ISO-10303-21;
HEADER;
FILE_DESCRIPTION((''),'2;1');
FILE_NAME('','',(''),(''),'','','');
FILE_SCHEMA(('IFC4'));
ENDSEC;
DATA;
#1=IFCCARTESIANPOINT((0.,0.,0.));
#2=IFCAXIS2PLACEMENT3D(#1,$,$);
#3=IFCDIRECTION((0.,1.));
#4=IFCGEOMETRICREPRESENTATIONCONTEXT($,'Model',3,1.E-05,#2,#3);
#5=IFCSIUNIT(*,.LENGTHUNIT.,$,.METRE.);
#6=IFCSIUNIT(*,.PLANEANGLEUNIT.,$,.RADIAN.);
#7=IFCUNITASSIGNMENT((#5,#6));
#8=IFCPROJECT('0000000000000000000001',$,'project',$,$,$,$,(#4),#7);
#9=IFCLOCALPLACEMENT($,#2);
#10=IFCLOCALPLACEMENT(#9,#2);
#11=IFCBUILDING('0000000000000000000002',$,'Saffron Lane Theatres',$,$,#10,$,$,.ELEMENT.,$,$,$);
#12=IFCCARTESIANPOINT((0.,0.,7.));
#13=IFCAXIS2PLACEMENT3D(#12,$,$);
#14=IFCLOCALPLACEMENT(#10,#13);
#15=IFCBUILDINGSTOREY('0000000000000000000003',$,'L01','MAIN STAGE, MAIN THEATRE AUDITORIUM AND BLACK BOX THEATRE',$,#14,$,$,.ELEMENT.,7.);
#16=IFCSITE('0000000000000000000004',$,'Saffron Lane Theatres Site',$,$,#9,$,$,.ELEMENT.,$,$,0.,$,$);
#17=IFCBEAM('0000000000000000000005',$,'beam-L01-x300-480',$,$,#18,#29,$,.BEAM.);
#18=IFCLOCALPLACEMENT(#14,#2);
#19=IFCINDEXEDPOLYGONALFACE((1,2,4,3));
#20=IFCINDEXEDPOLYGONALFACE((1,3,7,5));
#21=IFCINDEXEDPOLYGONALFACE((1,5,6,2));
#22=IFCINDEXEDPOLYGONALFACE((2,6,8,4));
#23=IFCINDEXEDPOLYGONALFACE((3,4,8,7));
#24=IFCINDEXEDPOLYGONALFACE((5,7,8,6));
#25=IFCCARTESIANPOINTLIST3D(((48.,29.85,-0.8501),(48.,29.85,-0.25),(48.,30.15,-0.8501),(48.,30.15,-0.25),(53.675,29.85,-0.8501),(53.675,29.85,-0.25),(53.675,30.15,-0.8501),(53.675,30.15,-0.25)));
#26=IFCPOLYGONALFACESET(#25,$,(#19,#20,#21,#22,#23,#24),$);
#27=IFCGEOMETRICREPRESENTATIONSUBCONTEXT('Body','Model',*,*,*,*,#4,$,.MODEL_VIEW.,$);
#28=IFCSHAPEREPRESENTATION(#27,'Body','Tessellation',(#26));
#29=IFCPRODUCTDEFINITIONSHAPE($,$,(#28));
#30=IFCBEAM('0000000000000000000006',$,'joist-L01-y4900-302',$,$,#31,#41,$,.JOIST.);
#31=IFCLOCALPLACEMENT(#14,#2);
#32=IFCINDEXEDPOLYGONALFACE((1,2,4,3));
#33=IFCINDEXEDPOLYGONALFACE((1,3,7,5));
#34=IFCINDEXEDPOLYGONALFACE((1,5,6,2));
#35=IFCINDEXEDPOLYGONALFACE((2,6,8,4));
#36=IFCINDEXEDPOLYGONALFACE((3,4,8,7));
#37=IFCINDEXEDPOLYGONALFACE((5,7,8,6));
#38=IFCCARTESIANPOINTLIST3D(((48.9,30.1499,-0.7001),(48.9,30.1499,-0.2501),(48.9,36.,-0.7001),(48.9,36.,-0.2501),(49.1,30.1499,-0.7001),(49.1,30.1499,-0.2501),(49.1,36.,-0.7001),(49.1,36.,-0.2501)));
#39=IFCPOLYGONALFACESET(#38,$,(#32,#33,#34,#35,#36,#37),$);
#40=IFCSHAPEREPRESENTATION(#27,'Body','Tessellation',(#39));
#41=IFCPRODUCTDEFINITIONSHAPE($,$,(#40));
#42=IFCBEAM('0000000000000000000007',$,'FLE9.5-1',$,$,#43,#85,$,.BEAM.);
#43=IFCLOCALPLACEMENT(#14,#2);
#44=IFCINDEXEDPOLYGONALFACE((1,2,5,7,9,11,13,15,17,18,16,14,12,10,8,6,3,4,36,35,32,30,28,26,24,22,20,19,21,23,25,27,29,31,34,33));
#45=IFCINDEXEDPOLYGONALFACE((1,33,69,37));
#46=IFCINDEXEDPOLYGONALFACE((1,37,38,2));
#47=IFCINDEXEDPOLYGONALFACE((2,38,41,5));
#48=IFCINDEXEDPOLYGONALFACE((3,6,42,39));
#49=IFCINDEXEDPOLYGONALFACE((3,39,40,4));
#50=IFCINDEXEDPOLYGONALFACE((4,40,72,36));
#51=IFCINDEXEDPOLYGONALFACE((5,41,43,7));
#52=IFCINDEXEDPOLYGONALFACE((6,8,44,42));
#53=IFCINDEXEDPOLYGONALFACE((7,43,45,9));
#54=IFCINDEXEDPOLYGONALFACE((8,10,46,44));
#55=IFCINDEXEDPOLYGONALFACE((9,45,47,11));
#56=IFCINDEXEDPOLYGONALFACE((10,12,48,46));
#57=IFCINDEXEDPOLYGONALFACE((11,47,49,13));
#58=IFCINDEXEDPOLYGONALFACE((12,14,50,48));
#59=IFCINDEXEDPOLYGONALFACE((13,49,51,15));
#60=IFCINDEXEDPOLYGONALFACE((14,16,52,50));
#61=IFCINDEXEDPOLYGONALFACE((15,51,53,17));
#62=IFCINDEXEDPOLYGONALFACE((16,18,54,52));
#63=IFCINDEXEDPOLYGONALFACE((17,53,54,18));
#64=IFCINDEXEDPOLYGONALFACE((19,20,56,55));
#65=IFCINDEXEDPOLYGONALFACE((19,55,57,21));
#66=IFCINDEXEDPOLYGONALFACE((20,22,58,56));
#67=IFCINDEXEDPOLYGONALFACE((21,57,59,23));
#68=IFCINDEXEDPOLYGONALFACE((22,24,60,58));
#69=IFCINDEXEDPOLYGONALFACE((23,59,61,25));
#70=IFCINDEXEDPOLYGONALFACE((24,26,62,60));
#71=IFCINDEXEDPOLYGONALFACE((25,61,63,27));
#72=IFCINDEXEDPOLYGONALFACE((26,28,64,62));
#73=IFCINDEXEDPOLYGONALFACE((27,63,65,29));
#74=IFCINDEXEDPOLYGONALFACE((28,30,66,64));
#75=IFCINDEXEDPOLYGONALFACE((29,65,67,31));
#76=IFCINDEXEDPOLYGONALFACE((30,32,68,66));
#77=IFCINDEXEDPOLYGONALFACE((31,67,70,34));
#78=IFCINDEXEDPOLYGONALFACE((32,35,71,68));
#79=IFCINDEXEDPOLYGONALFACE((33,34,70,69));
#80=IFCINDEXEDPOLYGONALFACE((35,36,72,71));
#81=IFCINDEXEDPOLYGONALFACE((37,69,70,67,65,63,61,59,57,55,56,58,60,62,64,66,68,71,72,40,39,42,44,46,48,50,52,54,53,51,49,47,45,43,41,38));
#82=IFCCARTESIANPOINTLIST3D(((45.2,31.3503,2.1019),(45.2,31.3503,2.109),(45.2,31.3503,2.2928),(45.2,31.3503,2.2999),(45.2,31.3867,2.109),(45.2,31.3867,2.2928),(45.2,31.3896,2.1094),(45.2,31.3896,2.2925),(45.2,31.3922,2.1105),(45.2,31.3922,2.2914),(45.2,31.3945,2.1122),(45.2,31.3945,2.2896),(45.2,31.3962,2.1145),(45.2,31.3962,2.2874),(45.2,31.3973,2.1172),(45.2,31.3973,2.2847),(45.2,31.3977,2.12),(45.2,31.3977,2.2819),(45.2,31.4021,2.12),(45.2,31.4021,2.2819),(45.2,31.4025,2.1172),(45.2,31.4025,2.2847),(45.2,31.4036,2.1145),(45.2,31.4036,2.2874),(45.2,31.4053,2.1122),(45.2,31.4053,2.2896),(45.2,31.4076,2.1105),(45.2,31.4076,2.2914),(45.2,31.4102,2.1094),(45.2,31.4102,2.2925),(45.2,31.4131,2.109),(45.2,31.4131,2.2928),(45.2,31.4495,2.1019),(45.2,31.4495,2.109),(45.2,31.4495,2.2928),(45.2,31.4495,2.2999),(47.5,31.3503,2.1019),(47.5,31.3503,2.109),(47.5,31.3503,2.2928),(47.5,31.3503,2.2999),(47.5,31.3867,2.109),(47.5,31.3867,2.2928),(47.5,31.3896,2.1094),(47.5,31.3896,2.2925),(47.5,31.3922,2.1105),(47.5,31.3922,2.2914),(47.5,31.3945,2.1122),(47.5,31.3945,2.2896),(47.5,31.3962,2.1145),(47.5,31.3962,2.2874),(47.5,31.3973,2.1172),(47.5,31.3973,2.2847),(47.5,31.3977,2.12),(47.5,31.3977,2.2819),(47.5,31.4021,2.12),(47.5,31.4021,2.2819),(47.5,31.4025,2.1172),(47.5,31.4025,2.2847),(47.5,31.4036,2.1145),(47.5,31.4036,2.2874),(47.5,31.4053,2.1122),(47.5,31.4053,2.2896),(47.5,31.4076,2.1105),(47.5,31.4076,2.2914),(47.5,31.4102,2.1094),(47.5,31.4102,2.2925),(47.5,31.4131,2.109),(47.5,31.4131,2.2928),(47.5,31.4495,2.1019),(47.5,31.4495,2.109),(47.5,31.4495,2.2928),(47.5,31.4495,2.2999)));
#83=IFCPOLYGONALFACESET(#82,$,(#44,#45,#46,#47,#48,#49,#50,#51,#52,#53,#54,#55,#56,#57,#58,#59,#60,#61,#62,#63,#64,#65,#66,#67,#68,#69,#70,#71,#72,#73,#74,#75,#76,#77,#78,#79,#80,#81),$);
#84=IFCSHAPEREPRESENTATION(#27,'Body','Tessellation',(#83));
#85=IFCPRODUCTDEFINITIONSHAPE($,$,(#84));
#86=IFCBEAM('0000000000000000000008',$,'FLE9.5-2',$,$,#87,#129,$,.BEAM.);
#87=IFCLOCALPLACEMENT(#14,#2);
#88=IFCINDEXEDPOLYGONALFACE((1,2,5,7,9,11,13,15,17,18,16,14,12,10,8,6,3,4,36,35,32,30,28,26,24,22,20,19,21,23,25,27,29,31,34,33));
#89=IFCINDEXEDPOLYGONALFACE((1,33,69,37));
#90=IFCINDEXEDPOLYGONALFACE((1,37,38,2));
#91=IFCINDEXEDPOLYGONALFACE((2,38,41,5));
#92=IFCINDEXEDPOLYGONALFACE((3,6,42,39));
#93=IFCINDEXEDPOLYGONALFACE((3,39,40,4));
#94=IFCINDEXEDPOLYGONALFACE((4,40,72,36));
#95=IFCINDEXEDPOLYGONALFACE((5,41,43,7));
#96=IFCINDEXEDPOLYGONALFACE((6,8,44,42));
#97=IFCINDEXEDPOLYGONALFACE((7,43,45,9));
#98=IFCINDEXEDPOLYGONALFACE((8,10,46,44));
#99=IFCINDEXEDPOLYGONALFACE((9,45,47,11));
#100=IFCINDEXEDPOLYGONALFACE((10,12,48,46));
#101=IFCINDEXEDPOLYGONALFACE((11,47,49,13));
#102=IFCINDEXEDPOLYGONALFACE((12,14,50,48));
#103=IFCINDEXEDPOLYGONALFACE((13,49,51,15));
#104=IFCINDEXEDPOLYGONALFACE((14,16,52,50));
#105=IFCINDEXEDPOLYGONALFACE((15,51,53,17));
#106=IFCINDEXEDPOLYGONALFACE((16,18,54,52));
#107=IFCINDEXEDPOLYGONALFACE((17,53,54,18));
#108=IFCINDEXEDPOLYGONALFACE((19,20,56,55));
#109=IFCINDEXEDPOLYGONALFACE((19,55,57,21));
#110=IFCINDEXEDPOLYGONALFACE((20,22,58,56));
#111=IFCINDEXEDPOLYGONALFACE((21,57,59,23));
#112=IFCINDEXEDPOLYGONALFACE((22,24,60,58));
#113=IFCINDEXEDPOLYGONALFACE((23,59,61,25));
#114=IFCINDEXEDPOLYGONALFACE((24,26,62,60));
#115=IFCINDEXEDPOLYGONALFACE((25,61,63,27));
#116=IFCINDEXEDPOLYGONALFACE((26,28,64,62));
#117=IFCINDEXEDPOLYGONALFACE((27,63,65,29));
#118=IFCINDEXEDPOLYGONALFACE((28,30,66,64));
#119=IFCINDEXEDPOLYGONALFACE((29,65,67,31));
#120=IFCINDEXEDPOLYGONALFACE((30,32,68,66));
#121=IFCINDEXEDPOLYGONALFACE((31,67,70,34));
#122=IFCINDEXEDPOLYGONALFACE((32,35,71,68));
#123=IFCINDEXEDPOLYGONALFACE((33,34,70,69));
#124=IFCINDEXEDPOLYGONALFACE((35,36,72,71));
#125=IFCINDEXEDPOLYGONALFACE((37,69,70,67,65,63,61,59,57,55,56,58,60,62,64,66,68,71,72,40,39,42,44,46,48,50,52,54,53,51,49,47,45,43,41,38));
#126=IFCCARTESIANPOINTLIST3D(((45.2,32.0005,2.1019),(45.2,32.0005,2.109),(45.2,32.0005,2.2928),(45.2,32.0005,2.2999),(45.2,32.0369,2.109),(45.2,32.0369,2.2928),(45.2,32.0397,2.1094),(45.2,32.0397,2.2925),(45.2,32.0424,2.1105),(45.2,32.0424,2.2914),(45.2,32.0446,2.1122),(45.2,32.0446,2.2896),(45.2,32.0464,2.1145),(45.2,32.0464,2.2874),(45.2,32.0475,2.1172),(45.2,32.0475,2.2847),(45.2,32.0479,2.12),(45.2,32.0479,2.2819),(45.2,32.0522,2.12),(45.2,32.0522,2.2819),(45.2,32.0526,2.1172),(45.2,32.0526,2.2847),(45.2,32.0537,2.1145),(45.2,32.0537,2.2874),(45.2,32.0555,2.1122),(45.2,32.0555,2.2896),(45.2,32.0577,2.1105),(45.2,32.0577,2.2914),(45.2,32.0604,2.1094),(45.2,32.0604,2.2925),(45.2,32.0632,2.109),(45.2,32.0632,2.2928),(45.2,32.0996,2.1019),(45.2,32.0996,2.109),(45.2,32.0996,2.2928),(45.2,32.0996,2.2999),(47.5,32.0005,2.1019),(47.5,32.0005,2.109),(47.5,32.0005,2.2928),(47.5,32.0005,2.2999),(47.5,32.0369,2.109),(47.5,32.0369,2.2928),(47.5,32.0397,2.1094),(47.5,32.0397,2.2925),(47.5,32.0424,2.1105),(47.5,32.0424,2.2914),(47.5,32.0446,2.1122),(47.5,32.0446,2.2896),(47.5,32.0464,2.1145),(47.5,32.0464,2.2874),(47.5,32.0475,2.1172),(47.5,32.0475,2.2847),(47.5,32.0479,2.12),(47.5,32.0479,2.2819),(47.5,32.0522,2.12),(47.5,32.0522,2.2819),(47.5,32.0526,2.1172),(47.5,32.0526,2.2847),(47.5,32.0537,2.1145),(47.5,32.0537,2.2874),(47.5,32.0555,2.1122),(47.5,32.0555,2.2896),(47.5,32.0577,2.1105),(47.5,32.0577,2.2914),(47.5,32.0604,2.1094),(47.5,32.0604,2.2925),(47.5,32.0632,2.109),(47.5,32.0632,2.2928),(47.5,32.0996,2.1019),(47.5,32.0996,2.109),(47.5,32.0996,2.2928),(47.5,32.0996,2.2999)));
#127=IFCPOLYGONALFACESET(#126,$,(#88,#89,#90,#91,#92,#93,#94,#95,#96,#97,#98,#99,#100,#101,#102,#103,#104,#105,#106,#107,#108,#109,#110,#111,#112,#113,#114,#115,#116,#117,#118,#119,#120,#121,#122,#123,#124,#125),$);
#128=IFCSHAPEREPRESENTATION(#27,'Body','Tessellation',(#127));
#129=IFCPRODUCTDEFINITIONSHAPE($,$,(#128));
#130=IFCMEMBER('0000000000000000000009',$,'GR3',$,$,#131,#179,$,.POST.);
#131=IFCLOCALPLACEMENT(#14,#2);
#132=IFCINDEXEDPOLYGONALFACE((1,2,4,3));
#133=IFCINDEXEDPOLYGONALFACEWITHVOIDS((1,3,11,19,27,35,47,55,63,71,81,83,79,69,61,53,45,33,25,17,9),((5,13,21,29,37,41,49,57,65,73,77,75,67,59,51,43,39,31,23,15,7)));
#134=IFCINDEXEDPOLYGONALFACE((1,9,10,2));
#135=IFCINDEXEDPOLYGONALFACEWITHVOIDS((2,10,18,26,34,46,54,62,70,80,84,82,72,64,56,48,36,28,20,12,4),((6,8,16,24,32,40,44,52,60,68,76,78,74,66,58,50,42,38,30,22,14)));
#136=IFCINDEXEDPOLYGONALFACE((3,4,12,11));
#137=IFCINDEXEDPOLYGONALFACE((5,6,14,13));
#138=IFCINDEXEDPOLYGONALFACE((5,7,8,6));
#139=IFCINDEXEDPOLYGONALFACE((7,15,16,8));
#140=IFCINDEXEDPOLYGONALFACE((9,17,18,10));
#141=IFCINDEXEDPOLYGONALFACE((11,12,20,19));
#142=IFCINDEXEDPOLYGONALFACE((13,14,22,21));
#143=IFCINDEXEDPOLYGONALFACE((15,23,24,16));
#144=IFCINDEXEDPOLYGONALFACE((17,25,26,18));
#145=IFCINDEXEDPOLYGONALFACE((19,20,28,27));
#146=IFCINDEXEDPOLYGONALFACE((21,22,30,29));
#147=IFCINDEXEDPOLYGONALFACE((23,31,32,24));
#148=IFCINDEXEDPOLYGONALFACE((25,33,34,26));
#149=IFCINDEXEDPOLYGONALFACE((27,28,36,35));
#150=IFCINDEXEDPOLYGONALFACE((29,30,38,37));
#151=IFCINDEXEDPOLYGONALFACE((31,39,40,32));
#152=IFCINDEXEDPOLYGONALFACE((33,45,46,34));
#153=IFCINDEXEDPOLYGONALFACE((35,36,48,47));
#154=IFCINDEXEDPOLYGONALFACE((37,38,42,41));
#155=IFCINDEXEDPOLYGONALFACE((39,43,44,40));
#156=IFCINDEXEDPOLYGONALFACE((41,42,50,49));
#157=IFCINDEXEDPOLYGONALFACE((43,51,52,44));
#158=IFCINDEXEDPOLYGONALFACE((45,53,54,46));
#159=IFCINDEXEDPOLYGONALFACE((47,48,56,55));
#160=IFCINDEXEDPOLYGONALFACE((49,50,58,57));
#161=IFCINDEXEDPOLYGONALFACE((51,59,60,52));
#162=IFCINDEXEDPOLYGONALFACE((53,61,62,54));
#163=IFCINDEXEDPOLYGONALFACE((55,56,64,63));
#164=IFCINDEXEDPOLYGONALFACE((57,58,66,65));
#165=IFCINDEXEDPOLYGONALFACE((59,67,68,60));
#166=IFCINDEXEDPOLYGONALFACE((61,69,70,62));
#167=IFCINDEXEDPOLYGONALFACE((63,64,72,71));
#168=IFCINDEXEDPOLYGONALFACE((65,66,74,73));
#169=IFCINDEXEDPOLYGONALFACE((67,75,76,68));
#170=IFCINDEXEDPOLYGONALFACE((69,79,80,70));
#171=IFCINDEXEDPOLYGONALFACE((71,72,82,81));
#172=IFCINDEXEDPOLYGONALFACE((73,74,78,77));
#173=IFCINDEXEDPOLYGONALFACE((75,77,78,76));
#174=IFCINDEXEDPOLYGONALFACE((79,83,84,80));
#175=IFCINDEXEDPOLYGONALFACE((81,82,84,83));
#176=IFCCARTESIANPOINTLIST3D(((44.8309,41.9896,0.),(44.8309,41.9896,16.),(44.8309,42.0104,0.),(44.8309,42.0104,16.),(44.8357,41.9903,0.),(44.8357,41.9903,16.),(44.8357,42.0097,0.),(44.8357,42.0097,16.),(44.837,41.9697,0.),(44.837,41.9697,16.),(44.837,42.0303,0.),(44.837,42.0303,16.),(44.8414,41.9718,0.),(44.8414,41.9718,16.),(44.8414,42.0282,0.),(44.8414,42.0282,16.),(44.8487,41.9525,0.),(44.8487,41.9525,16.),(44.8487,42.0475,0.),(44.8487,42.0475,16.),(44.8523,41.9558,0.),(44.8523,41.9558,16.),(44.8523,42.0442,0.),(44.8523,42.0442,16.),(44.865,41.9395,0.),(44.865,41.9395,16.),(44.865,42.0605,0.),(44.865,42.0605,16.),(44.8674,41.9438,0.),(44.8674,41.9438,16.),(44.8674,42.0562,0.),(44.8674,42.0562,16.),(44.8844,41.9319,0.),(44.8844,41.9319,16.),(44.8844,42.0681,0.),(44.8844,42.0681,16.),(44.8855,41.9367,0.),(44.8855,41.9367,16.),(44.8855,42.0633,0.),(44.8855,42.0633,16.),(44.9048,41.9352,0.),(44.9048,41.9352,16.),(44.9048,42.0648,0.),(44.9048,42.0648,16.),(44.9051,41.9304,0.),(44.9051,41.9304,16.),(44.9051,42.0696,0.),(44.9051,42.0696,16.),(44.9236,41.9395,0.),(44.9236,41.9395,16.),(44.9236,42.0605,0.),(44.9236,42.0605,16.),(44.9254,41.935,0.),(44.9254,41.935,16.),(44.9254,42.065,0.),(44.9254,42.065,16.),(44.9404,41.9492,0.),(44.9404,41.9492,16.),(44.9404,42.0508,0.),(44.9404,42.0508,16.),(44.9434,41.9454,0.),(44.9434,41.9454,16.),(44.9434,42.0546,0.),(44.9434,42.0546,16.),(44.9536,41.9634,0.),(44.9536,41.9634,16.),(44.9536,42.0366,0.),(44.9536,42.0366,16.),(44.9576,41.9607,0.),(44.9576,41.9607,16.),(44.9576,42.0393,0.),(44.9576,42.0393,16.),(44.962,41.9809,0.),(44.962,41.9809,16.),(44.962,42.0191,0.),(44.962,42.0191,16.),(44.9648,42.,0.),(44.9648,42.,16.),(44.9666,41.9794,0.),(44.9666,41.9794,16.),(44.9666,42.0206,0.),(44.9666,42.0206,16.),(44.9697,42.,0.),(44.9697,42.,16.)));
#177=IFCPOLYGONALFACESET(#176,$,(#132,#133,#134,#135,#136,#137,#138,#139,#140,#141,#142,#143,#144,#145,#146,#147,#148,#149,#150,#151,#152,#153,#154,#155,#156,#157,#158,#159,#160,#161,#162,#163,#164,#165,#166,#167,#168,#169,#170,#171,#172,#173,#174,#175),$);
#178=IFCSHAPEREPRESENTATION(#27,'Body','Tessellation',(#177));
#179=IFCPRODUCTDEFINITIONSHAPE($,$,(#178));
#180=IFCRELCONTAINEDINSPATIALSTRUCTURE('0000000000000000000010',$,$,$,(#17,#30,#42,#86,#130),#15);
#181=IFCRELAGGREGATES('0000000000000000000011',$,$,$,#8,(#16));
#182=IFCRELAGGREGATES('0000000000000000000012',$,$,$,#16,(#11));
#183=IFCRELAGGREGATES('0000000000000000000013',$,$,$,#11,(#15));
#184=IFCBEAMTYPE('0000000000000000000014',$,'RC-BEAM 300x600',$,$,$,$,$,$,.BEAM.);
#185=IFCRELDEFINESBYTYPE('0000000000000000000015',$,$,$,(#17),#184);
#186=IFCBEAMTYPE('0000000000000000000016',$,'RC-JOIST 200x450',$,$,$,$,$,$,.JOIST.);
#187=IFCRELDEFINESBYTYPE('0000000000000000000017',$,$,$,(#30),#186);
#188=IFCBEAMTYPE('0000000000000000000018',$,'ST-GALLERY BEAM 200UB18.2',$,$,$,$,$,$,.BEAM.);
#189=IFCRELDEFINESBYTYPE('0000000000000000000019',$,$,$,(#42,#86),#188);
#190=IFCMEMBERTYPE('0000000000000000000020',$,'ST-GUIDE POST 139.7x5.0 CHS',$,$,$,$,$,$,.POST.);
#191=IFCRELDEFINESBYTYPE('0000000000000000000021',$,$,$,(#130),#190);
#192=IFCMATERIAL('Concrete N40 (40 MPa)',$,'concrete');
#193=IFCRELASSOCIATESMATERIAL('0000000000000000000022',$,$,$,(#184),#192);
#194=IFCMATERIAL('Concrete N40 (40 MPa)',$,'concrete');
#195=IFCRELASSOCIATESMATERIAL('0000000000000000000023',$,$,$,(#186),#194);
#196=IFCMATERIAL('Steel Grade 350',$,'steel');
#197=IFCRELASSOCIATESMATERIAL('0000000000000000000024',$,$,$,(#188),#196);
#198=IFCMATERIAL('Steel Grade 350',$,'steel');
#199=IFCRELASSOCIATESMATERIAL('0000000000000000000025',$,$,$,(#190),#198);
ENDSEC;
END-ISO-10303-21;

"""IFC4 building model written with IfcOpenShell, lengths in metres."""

from ifc_helpers import new_model, si_unit, direction, frame, origin, origin_2d, place, context, subcontext, project, spatial, rectangle, hollow_circle, i_section, extrude, material, material_profile, profile_set, type_object, element, save


model = new_model("IFC4")

# Units and contexts
model_context = context("Model", 3, precision=1e-05, world=origin(), true_north=direction((0.0, 1.0)))
body_context = subcontext(model_context, "Body", "Model", "MODEL_VIEW")
ifc_project = project(units=[si_unit("LENGTHUNIT", "METRE"), si_unit("PLANEANGLEUNIT", "RADIAN")], contexts=[model_context])

# Site, building, storey
site_placement = place(None, origin())
site = spatial("IfcSite", under=ifc_project, at=site_placement, Name="Saffron Lane Theatres Site", CompositionType="ELEMENT", RefElevation=0.0)
building_placement = place(site_placement, origin())
building = spatial("IfcBuilding", under=site, at=building_placement, Name="Saffron Lane Theatres", CompositionType="ELEMENT")
storey_placement = place(building_placement, frame((0.0, 0.0, 7.0)))
storey = spatial("IfcBuildingStorey", under=building, at=storey_placement, Name="L01", Description="MAIN STAGE, MAIN THEATRE AUDITORIUM AND BLACK BOX THEATRE", CompositionType="ELEMENT", Elevation=7.0)

# Beams
ifc_material_1 = material(Name="Concrete N40 (40 MPa)", Category="concrete")
ifc_material_profile_1 = material_profile(ifc_material_1, rectangle(XDim=0.3, YDim=0.6001, at=origin_2d()))
ifc_profile_set_1 = profile_set([ifc_material_profile_1], Name="Concrete N40 (40 MPa)")
beam_type_1 = type_object("IfcBeamType", Name="RC-BEAM 300x600", PredefinedType="BEAM", material=ifc_profile_set_1)
beam_1_placement = place(storey_placement, frame((48.0, 30.0, -0.55), z_axis=(1.0, 0.0, 0.0), x_axis=(0.0, 1.0, 0.0)))
element("IfcBeam", 1, at=beam_1_placement, inside=storey, type_object=beam_type_1, Name="beam-L01-x300-480", PredefinedType="BEAM", context=body_context, shape_type="SweptSolid", body=[
    extrude(rectangle(XDim=0.3, YDim=0.6001, at=origin_2d()), origin(), (0.0, 0.0, 1.0), 5.675),
])
ifc_material_2 = material(Name="Concrete N40 (40 MPa)", Category="concrete")
ifc_material_profile_2 = material_profile(ifc_material_2, rectangle(XDim=0.2, YDim=0.45, at=origin_2d()))
ifc_profile_set_2 = profile_set([ifc_material_profile_2], Name="Concrete N40 (40 MPa)")
beam_type_2 = type_object("IfcBeamType", Name="RC-JOIST 200x450", PredefinedType="JOIST", material=ifc_profile_set_2)
beam_2_placement = place(storey_placement, frame((49.0, 30.1499, -0.4751), z_axis=(0.0, 1.0, 0.0), x_axis=(-1.0, 0.0, 0.0)))
element("IfcBeam", 2, at=beam_2_placement, inside=storey, type_object=beam_type_2, Name="joist-L01-y4900-302", PredefinedType="JOIST", context=body_context, shape_type="SweptSolid", body=[
    extrude(rectangle(XDim=0.2, YDim=0.45, at=origin_2d()), origin(), (0.0, 0.0, 1.0), 5.8501),
])
ifc_material_3 = material(Name="Steel Grade 350", Category="steel")
ifc_material_profile_3 = material_profile(ifc_material_3, i_section(OverallWidth=0.0991, OverallDepth=0.198, WebThickness=0.0044, FlangeThickness=0.0071, FilletRadius=0.011, at=origin_2d()))
ifc_profile_set_3 = profile_set([ifc_material_profile_3], Name="Steel Grade 350")
beam_type_3 = type_object("IfcBeamType", Name="ST-GALLERY BEAM 200UB18.2", PredefinedType="BEAM", material=ifc_profile_set_3)
for number, where, z_axis, x_axis, name in (
    (3, (45.2, 31.3999, 2.2009), (1.0, 0.0, 0.0), (0.0, 1.0, 0.0), "FLE9.5-1"),
    (4, (45.2, 32.05, 2.2009), (1.0, 0.0, 0.0), (0.0, 1.0, 0.0), "FLE9.5-2"),
):
    element("IfcBeam", number, at=place(storey_placement, frame(where, z_axis=z_axis, x_axis=x_axis)), inside=storey, type_object=beam_type_3, Name=name, PredefinedType="BEAM", context=body_context, shape_type="SweptSolid", body=[
        extrude(i_section(OverallWidth=0.0991, OverallDepth=0.198, WebThickness=0.0044, FlangeThickness=0.0071, FilletRadius=0.011, at=origin_2d()), origin(), (0.0, 0.0, 1.0), 2.3),
    ])

# Member
ifc_material_4 = material(Name="Steel Grade 350", Category="steel")
ifc_material_profile_4 = material_profile(ifc_material_4, hollow_circle(Radius=0.0698, WallThickness=0.0049, at=origin_2d()))
ifc_profile_set_4 = profile_set([ifc_material_profile_4], Name="Steel Grade 350")
member_type = type_object("IfcMemberType", Name="ST-GUIDE POST 139.7x5.0 CHS", PredefinedType="POST", material=ifc_profile_set_4)
member_placement = place(storey_placement, frame((44.8999, 42.0, 0.0), z_axis=(0.0, 0.0, 1.0), x_axis=(1.0, 0.0, 0.0)))
element("IfcMember", 5, at=member_placement, inside=storey, type_object=member_type, Name="GR3", PredefinedType="POST", context=body_context, shape_type="SweptSolid", body=[
    extrude(hollow_circle(Radius=0.0698, WallThickness=0.0049, at=origin_2d()), origin(), (0.0, 0.0, 1.0), 16.0),
])

save(model, "model.ifc")
